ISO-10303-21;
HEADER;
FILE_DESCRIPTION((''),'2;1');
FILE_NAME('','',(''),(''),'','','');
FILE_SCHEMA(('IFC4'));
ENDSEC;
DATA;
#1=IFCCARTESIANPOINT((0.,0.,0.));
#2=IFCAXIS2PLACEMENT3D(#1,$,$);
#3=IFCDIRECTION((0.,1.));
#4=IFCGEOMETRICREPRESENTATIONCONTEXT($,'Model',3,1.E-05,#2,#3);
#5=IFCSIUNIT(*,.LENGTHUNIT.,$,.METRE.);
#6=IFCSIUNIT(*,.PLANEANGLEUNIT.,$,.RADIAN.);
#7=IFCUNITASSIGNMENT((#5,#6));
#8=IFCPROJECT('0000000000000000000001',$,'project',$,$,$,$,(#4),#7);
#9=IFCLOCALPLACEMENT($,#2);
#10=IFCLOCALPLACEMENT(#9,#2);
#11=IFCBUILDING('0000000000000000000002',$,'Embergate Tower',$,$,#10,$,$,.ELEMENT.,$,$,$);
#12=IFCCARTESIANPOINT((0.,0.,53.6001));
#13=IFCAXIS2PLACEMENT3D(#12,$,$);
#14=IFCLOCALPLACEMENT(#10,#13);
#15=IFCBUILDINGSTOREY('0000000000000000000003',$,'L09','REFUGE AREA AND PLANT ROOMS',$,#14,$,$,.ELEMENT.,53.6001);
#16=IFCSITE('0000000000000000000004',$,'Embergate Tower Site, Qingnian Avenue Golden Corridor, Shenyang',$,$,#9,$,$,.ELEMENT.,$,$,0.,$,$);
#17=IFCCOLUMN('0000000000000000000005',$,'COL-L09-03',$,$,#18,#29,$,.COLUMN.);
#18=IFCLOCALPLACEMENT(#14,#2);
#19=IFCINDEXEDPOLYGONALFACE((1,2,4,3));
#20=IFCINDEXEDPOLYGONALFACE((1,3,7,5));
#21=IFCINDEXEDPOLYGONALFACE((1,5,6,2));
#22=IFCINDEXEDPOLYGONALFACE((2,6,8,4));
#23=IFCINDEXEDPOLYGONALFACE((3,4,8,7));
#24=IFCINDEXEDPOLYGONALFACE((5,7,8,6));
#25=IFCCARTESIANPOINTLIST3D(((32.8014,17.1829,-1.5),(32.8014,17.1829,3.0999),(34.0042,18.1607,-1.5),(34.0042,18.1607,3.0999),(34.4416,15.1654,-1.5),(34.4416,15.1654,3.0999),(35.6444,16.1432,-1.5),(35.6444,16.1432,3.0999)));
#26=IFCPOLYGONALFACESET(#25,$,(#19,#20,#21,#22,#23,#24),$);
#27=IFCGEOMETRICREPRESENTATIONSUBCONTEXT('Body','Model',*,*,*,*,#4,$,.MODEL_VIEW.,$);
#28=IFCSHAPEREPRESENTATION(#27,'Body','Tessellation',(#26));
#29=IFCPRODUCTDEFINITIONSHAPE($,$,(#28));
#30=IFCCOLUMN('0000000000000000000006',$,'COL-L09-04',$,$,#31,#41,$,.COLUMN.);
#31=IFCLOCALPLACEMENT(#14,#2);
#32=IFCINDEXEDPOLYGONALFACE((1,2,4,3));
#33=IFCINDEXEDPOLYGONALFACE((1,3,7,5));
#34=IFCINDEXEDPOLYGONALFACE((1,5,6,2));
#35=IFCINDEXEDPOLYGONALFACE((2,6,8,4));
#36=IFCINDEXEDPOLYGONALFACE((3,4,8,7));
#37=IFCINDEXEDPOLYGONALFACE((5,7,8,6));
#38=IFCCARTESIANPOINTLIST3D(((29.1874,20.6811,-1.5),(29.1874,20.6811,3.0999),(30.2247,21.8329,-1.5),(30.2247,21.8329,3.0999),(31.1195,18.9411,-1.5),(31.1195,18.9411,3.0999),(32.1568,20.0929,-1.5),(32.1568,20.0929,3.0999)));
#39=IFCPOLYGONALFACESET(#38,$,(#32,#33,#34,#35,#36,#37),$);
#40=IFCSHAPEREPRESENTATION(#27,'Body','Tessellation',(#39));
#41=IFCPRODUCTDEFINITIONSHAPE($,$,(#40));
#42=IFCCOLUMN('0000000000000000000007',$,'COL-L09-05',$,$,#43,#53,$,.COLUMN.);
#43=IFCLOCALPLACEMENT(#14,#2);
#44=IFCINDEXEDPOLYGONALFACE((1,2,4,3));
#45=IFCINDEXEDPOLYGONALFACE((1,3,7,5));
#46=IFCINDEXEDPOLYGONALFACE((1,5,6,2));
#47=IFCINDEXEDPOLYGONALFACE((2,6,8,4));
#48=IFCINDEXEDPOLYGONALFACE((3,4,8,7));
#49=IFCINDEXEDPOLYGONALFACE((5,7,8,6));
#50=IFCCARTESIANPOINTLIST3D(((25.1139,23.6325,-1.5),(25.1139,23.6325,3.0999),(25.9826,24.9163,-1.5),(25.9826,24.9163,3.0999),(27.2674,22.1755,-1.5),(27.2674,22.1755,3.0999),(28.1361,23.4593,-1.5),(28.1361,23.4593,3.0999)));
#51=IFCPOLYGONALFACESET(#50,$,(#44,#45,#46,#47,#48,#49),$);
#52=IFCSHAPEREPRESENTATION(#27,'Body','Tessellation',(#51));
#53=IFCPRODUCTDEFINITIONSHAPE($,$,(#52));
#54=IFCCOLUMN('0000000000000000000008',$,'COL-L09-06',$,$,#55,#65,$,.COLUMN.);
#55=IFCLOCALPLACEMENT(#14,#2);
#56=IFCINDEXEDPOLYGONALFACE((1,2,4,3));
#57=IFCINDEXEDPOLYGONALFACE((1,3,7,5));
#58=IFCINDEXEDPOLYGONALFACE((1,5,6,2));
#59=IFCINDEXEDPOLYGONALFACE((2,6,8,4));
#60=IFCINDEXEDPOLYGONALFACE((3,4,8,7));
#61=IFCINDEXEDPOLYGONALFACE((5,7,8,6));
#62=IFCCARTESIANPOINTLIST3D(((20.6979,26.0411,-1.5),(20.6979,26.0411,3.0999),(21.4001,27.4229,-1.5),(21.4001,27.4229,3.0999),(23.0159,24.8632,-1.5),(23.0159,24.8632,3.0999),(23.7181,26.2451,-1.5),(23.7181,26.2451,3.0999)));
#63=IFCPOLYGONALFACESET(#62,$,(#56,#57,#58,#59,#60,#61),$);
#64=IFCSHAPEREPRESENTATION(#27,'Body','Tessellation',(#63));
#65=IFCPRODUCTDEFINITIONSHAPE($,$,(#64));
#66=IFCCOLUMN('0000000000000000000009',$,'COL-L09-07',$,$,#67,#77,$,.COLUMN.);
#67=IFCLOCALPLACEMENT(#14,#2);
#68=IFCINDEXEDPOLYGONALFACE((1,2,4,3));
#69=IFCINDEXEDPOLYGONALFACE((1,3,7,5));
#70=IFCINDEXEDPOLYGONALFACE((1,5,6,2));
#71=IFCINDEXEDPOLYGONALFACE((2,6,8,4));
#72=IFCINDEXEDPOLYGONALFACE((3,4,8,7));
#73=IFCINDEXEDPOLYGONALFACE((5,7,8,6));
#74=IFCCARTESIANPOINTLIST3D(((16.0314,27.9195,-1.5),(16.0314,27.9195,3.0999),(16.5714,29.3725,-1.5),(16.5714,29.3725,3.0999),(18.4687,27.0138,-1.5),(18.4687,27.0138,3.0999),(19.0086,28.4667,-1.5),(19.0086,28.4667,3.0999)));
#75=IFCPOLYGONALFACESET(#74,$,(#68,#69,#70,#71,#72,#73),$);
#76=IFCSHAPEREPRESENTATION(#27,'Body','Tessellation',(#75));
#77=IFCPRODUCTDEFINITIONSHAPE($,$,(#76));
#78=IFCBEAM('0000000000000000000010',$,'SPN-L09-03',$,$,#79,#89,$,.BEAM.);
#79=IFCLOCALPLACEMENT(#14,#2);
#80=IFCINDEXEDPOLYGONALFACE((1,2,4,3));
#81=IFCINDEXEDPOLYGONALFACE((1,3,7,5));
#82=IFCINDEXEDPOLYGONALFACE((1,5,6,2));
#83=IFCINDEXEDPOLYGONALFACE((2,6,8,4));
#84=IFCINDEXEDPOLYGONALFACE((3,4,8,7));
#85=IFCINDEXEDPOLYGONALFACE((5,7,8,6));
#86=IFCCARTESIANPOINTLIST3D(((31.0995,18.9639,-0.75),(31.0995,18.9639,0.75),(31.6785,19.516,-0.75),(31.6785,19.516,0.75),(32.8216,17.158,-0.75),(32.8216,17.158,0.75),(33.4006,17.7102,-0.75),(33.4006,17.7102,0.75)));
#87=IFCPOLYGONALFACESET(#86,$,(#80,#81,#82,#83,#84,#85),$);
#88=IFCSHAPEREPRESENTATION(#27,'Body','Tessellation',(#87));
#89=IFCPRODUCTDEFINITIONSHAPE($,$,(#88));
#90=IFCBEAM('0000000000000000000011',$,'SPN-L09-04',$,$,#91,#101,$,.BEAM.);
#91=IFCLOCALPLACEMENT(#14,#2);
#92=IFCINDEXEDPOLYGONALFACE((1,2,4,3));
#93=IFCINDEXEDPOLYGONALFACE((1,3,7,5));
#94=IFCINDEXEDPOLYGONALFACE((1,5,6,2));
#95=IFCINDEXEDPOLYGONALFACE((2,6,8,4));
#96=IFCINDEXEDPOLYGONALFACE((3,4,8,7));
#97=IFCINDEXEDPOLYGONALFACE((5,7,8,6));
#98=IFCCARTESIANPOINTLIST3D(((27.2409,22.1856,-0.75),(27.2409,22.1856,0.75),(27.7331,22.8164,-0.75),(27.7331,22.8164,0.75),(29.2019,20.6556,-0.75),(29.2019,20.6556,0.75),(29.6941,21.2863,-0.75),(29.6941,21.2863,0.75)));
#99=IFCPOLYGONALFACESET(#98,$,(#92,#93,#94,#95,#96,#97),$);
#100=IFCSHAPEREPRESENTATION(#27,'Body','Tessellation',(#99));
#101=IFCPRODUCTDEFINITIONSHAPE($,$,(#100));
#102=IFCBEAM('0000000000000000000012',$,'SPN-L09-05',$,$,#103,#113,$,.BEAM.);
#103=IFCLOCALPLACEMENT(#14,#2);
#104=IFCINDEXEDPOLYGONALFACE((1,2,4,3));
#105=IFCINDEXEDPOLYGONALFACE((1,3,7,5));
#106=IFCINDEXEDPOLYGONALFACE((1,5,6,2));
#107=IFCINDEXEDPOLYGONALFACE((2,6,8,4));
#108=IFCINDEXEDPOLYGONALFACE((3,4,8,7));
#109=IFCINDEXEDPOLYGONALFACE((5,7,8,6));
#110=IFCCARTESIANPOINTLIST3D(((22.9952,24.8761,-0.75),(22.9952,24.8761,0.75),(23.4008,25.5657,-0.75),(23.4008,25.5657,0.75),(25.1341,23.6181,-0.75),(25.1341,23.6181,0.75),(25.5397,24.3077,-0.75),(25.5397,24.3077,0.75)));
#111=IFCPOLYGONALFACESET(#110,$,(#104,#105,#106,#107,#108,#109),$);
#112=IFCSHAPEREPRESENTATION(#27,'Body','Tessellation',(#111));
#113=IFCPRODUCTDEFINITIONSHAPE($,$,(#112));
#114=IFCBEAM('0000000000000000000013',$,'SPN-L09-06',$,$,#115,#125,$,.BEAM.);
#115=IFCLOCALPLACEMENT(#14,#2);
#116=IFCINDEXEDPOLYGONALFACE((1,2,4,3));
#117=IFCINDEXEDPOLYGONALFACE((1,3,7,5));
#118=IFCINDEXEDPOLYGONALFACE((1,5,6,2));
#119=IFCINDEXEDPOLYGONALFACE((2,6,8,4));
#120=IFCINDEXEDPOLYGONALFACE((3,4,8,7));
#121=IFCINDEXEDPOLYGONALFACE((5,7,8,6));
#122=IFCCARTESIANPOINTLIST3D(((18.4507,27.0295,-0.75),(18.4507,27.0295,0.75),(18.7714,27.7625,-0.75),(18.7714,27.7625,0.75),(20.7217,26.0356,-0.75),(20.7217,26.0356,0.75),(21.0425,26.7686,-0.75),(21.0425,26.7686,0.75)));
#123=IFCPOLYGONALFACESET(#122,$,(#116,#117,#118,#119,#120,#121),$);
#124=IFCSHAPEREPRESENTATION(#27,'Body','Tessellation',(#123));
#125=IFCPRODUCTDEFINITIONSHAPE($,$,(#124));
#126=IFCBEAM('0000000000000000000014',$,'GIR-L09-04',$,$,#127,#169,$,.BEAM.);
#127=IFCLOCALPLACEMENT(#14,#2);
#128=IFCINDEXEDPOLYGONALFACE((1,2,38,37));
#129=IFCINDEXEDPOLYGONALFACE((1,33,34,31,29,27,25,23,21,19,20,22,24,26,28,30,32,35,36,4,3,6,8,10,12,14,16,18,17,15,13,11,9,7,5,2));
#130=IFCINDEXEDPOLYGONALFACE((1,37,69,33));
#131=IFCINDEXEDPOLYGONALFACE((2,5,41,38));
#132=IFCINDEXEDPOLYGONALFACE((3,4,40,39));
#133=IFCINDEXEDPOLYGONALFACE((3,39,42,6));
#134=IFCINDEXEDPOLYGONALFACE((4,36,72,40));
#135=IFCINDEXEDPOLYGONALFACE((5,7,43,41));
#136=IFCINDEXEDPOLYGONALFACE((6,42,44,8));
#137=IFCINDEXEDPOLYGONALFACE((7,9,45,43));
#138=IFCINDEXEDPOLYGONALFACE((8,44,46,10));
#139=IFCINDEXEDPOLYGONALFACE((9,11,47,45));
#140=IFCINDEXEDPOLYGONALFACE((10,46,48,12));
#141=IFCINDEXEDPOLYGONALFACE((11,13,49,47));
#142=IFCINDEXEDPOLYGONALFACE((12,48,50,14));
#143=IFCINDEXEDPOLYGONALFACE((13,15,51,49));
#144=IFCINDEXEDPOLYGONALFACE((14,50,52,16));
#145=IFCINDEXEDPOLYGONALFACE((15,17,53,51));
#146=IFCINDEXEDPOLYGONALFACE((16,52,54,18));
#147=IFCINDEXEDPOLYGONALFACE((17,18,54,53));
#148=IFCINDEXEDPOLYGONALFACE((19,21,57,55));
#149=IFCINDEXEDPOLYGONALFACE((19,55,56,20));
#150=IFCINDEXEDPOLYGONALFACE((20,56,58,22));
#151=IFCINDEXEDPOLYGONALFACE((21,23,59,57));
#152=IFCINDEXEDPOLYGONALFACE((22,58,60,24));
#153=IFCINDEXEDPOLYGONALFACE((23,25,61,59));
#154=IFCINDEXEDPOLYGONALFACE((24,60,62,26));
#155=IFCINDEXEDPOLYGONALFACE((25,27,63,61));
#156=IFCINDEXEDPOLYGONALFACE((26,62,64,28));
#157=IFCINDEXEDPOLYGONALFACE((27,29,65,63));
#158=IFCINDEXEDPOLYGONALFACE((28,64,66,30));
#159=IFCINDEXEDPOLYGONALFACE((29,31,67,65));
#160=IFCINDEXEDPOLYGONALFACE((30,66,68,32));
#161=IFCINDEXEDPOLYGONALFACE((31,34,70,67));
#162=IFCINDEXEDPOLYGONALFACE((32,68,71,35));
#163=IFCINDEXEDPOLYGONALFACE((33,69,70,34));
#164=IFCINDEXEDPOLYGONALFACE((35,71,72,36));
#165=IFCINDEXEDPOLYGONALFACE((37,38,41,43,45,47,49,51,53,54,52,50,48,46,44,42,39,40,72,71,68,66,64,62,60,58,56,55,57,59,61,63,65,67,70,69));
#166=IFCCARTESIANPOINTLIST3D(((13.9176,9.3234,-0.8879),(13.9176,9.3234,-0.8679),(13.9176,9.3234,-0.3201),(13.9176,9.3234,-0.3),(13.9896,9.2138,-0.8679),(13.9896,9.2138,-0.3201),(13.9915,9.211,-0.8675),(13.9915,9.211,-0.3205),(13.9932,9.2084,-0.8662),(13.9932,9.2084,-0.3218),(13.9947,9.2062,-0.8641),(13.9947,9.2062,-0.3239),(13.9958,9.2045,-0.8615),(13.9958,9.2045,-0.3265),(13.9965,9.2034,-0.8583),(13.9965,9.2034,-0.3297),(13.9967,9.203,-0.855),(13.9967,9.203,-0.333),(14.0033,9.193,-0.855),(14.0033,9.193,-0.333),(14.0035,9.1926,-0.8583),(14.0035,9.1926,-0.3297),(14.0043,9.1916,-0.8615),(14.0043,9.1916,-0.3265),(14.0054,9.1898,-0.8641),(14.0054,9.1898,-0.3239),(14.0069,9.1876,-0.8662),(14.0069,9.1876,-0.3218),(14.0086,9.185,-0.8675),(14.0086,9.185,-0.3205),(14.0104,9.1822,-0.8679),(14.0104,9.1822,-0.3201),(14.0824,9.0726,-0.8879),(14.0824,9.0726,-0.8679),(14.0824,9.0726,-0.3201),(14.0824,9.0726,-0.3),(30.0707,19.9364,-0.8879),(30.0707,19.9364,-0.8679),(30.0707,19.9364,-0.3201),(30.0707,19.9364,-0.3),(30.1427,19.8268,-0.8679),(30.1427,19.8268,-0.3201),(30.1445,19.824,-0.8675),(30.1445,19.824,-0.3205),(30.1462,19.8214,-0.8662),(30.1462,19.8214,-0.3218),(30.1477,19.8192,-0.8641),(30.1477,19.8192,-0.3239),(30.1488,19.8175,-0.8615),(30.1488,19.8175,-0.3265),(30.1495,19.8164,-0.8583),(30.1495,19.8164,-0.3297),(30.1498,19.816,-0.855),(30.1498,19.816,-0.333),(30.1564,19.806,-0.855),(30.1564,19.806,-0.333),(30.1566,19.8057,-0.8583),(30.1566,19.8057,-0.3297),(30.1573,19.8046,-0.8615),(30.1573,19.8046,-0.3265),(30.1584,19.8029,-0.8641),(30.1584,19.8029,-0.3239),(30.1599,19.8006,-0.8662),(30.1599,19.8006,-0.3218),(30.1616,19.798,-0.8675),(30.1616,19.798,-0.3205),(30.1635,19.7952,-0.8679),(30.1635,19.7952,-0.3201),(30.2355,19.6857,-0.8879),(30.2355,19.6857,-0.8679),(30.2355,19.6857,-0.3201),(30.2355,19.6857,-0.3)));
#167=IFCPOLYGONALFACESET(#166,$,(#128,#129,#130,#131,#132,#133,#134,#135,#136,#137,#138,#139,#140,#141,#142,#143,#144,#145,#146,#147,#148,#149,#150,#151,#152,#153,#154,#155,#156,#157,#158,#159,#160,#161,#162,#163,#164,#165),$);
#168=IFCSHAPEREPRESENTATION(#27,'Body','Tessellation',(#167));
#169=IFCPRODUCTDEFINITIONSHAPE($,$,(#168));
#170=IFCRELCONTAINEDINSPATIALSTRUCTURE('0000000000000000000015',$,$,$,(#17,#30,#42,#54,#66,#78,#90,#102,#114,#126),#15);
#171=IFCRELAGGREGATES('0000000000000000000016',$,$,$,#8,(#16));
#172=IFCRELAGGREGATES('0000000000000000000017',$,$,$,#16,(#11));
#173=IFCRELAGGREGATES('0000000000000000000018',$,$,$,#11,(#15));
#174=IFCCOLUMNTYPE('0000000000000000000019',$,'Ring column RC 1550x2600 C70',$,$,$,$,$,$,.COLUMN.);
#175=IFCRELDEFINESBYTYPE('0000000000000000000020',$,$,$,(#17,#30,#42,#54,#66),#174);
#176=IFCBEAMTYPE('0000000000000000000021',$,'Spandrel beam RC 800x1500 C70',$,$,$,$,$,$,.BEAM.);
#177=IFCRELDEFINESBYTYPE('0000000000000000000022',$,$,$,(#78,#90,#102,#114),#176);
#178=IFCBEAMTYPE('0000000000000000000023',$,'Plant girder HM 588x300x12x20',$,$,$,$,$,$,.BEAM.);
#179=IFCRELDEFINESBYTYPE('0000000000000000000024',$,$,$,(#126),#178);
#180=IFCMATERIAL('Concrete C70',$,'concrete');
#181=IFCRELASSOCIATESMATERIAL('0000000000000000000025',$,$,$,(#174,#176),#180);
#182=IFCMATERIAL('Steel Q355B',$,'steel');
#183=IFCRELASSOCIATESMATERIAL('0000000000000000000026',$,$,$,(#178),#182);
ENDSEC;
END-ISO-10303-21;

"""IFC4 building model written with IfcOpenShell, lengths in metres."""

from ifc_helpers import new_model, si_unit, direction, frame, origin, origin_2d, place, context, subcontext, project, spatial, rectangle, i_section, extrude, source, transform, mapped, material, material_profile, profile_set, type_object, element, save


model = new_model("IFC4")

# Units and contexts
model_context = context("Model", 3, precision=1e-05, world=origin(), true_north=direction((0.0, 1.0)))
body_context = subcontext(model_context, "Body", "Model", "MODEL_VIEW")
ifc_project = project(units=[si_unit("LENGTHUNIT", "METRE"), si_unit("PLANEANGLEUNIT", "RADIAN")], contexts=[model_context])

# Site, building, storey
site_placement = place(None, origin())
site = spatial("IfcSite", under=ifc_project, at=site_placement, Name="Embergate Tower Site, Qingnian Avenue Golden Corridor, Shenyang", CompositionType="ELEMENT", RefElevation=0.0)
building_placement = place(site_placement, origin())
building = spatial("IfcBuilding", under=site, at=building_placement, Name="Embergate Tower", CompositionType="ELEMENT")
storey_placement = place(building_placement, frame((0.0, 0.0, 53.6001)))
storey = spatial("IfcBuildingStorey", under=building, at=storey_placement, Name="L09", Description="REFUGE AREA AND PLANT ROOMS", CompositionType="ELEMENT", Elevation=53.6001)

# Columns
ifc_material_1 = material(Name="Concrete C70", Category="concrete")
ifc_material_profile_1 = material_profile(ifc_material_1, rectangle(XDim=1.55, YDim=2.6001, at=origin_2d()), Name="RC 1550x2600")
ifc_profile_set_1 = profile_set([ifc_material_profile_1], Name="Concrete C70")
column_type = type_object("IfcColumnType", Name="Ring column RC 1550x2600 C70", PredefinedType="COLUMN", material=ifc_profile_set_1)
shared_shape_1 = source(origin(), body_context, "Body", "SweptSolid", [
    extrude(rectangle(XDim=1.55, YDim=2.6001, at=origin_2d()), origin(), (0.0, 0.0, 1.0), 4.5999),
])
for number, where, z_axis, x_axis, name in (
    (1, (34.2229, 16.6631, -1.5), (0.0, 0.0, 1.0), (0.775925, 0.630825, 0.0), "COL-L09-03"),
    (2, (30.6721, 20.387, -1.5), (0.0, 0.0, 1.0), (0.669208, 0.743075, 0.0), "COL-L09-04"),
    (3, (26.625, 23.5459, -1.5), (0.0, 0.0, 1.0), (0.560393, 0.828227, 0.0), "COL-L09-05"),
    (4, (22.208, 26.1431, -1.5), (0.0, 0.0, 1.0), (0.453011, 0.891505, 0.0), "COL-L09-06"),
    (5, (17.52, 28.1931, -1.5), (0.0, 0.0, 1.0), (0.348343, 0.937367, 0.0), "COL-L09-07"),
):
    element("IfcColumn", number, at=place(storey_placement, frame(where, z_axis=z_axis, x_axis=x_axis)), inside=storey, type_object=column_type, Name=name, PredefinedType="COLUMN", context=body_context, shape_type="MappedRepresentation", body=[
        mapped(shared_shape_1, transform((0.0, 0.0, 0.0))),
    ])

# Beams
ifc_material_profile_2 = material_profile(ifc_material_1, rectangle(XDim=0.8, YDim=1.5, at=origin_2d()), Name="RC 800x1500")
ifc_profile_set_2 = profile_set([ifc_material_profile_2], Name="Concrete C70")
beam_type_1 = type_object("IfcBeamType", Name="Spandrel beam RC 800x1500 C70", PredefinedType="BEAM", material=ifc_profile_set_2)
shared_shape_2 = source(origin(), body_context, "Body", "SweptSolid", [
    extrude(rectangle(XDim=0.8, YDim=1.5, at=origin_2d()), origin(), (0.0, 0.0, 1.0), 2.4954),
])
beam_1_placement = place(storey_placement, frame((33.1111, 17.4341, 0.0), z_axis=(-0.690129, 0.723686, 0.0), x_axis=(-0.723686, -0.690129, 0.0)))
element("IfcBeam", 6, at=beam_1_placement, inside=storey, type_object=beam_type_1, Name="SPN-L09-03", PredefinedType="BEAM", context=body_context, shape_type="MappedRepresentation", body=[
    mapped(shared_shape_2, transform((0.0, 0.0, 0.0))),
])
shared_shape_3 = source(origin(), body_context, "Body", "SweptSolid", [
    extrude(rectangle(XDim=0.8, YDim=1.5, at=origin_2d()), origin(), (0.0, 0.0, 1.0), 2.4873),
])
beam_2_placement = place(storey_placement, frame((29.448, 20.9709, 0.0), z_axis=(-0.788405, 0.615156, 0.0), x_axis=(-0.615156, -0.788405, 0.0)))
element("IfcBeam", 7, at=beam_2_placement, inside=storey, type_object=beam_type_1, Name="SPN-L09-04", PredefinedType="BEAM", context=body_context, shape_type="MappedRepresentation", body=[
    mapped(shared_shape_3, transform((0.0, 0.0, 0.0))),
])
shared_shape_4 = source(origin(), body_context, "Body", "SweptSolid", [
    extrude(rectangle(XDim=0.8, YDim=1.5, at=origin_2d()), origin(), (0.0, 0.0, 1.0), 2.4814),
])
beam_3_placement = place(storey_placement, frame((25.3369, 23.9629, 0.0), z_axis=(-0.861957, 0.506981, 0.0), x_axis=(-0.506981, -0.861957, 0.0)))
element("IfcBeam", 8, at=beam_3_placement, inside=storey, type_object=beam_type_1, Name="SPN-L09-05", PredefinedType="BEAM", context=body_context, shape_type="MappedRepresentation", body=[
    mapped(shared_shape_4, transform((0.0, 0.0, 0.0))),
])
shared_shape_5 = source(origin(), body_context, "Body", "SweptSolid", [
    extrude(rectangle(XDim=0.8, YDim=1.5, at=origin_2d()), origin(), (0.0, 0.0, 1.0), 2.479),
])
beam_4_placement = place(storey_placement, frame((20.8821, 26.4021, 0.0), z_axis=(-0.916108, 0.400932, 0.0), x_axis=(-0.400932, -0.916108, 0.0)))
element("IfcBeam", 9, at=beam_4_placement, inside=storey, type_object=beam_type_1, Name="SPN-L09-06", PredefinedType="BEAM", context=body_context, shape_type="MappedRepresentation", body=[
    mapped(shared_shape_5, transform((0.0, 0.0, 0.0))),
])
ifc_material_2 = material(Name="Steel Q355B", Category="steel")
ifc_material_profile_3 = material_profile(ifc_material_2, i_section(OverallWidth=0.3, OverallDepth=0.5879, WebThickness=0.012, FlangeThickness=0.02, FilletRadius=0.0129, at=origin_2d()), Name="HM 588x300x12x20")
ifc_profile_set_3 = profile_set([ifc_material_profile_3], Name="Steel Q355 grade B")
beam_type_2 = type_object("IfcBeamType", Name="Plant girder HM 588x300x12x20", PredefinedType="BEAM", material=ifc_profile_set_3)
shared_shape_6 = source(origin(), body_context, "Body", "SweptSolid", [
    extrude(i_section(OverallWidth=0.3, OverallDepth=0.5879, WebThickness=0.012, FlangeThickness=0.02, FilletRadius=0.0129, at=origin_2d()), origin(), (0.0, 0.0, 1.0), 19.3276),
])
beam_5_placement = place(storey_placement, frame((30.1531, 19.811, -0.594), z_axis=(-0.835749, -0.549111, 0.0), x_axis=(0.549111, -0.835749, 0.0)))
element("IfcBeam", 10, at=beam_5_placement, inside=storey, type_object=beam_type_2, Name="GIR-L09-04", PredefinedType="BEAM", context=body_context, shape_type="MappedRepresentation", body=[
    mapped(shared_shape_6, transform((0.0, 0.0, 0.0))),
])

save(model, "model.ifc")
